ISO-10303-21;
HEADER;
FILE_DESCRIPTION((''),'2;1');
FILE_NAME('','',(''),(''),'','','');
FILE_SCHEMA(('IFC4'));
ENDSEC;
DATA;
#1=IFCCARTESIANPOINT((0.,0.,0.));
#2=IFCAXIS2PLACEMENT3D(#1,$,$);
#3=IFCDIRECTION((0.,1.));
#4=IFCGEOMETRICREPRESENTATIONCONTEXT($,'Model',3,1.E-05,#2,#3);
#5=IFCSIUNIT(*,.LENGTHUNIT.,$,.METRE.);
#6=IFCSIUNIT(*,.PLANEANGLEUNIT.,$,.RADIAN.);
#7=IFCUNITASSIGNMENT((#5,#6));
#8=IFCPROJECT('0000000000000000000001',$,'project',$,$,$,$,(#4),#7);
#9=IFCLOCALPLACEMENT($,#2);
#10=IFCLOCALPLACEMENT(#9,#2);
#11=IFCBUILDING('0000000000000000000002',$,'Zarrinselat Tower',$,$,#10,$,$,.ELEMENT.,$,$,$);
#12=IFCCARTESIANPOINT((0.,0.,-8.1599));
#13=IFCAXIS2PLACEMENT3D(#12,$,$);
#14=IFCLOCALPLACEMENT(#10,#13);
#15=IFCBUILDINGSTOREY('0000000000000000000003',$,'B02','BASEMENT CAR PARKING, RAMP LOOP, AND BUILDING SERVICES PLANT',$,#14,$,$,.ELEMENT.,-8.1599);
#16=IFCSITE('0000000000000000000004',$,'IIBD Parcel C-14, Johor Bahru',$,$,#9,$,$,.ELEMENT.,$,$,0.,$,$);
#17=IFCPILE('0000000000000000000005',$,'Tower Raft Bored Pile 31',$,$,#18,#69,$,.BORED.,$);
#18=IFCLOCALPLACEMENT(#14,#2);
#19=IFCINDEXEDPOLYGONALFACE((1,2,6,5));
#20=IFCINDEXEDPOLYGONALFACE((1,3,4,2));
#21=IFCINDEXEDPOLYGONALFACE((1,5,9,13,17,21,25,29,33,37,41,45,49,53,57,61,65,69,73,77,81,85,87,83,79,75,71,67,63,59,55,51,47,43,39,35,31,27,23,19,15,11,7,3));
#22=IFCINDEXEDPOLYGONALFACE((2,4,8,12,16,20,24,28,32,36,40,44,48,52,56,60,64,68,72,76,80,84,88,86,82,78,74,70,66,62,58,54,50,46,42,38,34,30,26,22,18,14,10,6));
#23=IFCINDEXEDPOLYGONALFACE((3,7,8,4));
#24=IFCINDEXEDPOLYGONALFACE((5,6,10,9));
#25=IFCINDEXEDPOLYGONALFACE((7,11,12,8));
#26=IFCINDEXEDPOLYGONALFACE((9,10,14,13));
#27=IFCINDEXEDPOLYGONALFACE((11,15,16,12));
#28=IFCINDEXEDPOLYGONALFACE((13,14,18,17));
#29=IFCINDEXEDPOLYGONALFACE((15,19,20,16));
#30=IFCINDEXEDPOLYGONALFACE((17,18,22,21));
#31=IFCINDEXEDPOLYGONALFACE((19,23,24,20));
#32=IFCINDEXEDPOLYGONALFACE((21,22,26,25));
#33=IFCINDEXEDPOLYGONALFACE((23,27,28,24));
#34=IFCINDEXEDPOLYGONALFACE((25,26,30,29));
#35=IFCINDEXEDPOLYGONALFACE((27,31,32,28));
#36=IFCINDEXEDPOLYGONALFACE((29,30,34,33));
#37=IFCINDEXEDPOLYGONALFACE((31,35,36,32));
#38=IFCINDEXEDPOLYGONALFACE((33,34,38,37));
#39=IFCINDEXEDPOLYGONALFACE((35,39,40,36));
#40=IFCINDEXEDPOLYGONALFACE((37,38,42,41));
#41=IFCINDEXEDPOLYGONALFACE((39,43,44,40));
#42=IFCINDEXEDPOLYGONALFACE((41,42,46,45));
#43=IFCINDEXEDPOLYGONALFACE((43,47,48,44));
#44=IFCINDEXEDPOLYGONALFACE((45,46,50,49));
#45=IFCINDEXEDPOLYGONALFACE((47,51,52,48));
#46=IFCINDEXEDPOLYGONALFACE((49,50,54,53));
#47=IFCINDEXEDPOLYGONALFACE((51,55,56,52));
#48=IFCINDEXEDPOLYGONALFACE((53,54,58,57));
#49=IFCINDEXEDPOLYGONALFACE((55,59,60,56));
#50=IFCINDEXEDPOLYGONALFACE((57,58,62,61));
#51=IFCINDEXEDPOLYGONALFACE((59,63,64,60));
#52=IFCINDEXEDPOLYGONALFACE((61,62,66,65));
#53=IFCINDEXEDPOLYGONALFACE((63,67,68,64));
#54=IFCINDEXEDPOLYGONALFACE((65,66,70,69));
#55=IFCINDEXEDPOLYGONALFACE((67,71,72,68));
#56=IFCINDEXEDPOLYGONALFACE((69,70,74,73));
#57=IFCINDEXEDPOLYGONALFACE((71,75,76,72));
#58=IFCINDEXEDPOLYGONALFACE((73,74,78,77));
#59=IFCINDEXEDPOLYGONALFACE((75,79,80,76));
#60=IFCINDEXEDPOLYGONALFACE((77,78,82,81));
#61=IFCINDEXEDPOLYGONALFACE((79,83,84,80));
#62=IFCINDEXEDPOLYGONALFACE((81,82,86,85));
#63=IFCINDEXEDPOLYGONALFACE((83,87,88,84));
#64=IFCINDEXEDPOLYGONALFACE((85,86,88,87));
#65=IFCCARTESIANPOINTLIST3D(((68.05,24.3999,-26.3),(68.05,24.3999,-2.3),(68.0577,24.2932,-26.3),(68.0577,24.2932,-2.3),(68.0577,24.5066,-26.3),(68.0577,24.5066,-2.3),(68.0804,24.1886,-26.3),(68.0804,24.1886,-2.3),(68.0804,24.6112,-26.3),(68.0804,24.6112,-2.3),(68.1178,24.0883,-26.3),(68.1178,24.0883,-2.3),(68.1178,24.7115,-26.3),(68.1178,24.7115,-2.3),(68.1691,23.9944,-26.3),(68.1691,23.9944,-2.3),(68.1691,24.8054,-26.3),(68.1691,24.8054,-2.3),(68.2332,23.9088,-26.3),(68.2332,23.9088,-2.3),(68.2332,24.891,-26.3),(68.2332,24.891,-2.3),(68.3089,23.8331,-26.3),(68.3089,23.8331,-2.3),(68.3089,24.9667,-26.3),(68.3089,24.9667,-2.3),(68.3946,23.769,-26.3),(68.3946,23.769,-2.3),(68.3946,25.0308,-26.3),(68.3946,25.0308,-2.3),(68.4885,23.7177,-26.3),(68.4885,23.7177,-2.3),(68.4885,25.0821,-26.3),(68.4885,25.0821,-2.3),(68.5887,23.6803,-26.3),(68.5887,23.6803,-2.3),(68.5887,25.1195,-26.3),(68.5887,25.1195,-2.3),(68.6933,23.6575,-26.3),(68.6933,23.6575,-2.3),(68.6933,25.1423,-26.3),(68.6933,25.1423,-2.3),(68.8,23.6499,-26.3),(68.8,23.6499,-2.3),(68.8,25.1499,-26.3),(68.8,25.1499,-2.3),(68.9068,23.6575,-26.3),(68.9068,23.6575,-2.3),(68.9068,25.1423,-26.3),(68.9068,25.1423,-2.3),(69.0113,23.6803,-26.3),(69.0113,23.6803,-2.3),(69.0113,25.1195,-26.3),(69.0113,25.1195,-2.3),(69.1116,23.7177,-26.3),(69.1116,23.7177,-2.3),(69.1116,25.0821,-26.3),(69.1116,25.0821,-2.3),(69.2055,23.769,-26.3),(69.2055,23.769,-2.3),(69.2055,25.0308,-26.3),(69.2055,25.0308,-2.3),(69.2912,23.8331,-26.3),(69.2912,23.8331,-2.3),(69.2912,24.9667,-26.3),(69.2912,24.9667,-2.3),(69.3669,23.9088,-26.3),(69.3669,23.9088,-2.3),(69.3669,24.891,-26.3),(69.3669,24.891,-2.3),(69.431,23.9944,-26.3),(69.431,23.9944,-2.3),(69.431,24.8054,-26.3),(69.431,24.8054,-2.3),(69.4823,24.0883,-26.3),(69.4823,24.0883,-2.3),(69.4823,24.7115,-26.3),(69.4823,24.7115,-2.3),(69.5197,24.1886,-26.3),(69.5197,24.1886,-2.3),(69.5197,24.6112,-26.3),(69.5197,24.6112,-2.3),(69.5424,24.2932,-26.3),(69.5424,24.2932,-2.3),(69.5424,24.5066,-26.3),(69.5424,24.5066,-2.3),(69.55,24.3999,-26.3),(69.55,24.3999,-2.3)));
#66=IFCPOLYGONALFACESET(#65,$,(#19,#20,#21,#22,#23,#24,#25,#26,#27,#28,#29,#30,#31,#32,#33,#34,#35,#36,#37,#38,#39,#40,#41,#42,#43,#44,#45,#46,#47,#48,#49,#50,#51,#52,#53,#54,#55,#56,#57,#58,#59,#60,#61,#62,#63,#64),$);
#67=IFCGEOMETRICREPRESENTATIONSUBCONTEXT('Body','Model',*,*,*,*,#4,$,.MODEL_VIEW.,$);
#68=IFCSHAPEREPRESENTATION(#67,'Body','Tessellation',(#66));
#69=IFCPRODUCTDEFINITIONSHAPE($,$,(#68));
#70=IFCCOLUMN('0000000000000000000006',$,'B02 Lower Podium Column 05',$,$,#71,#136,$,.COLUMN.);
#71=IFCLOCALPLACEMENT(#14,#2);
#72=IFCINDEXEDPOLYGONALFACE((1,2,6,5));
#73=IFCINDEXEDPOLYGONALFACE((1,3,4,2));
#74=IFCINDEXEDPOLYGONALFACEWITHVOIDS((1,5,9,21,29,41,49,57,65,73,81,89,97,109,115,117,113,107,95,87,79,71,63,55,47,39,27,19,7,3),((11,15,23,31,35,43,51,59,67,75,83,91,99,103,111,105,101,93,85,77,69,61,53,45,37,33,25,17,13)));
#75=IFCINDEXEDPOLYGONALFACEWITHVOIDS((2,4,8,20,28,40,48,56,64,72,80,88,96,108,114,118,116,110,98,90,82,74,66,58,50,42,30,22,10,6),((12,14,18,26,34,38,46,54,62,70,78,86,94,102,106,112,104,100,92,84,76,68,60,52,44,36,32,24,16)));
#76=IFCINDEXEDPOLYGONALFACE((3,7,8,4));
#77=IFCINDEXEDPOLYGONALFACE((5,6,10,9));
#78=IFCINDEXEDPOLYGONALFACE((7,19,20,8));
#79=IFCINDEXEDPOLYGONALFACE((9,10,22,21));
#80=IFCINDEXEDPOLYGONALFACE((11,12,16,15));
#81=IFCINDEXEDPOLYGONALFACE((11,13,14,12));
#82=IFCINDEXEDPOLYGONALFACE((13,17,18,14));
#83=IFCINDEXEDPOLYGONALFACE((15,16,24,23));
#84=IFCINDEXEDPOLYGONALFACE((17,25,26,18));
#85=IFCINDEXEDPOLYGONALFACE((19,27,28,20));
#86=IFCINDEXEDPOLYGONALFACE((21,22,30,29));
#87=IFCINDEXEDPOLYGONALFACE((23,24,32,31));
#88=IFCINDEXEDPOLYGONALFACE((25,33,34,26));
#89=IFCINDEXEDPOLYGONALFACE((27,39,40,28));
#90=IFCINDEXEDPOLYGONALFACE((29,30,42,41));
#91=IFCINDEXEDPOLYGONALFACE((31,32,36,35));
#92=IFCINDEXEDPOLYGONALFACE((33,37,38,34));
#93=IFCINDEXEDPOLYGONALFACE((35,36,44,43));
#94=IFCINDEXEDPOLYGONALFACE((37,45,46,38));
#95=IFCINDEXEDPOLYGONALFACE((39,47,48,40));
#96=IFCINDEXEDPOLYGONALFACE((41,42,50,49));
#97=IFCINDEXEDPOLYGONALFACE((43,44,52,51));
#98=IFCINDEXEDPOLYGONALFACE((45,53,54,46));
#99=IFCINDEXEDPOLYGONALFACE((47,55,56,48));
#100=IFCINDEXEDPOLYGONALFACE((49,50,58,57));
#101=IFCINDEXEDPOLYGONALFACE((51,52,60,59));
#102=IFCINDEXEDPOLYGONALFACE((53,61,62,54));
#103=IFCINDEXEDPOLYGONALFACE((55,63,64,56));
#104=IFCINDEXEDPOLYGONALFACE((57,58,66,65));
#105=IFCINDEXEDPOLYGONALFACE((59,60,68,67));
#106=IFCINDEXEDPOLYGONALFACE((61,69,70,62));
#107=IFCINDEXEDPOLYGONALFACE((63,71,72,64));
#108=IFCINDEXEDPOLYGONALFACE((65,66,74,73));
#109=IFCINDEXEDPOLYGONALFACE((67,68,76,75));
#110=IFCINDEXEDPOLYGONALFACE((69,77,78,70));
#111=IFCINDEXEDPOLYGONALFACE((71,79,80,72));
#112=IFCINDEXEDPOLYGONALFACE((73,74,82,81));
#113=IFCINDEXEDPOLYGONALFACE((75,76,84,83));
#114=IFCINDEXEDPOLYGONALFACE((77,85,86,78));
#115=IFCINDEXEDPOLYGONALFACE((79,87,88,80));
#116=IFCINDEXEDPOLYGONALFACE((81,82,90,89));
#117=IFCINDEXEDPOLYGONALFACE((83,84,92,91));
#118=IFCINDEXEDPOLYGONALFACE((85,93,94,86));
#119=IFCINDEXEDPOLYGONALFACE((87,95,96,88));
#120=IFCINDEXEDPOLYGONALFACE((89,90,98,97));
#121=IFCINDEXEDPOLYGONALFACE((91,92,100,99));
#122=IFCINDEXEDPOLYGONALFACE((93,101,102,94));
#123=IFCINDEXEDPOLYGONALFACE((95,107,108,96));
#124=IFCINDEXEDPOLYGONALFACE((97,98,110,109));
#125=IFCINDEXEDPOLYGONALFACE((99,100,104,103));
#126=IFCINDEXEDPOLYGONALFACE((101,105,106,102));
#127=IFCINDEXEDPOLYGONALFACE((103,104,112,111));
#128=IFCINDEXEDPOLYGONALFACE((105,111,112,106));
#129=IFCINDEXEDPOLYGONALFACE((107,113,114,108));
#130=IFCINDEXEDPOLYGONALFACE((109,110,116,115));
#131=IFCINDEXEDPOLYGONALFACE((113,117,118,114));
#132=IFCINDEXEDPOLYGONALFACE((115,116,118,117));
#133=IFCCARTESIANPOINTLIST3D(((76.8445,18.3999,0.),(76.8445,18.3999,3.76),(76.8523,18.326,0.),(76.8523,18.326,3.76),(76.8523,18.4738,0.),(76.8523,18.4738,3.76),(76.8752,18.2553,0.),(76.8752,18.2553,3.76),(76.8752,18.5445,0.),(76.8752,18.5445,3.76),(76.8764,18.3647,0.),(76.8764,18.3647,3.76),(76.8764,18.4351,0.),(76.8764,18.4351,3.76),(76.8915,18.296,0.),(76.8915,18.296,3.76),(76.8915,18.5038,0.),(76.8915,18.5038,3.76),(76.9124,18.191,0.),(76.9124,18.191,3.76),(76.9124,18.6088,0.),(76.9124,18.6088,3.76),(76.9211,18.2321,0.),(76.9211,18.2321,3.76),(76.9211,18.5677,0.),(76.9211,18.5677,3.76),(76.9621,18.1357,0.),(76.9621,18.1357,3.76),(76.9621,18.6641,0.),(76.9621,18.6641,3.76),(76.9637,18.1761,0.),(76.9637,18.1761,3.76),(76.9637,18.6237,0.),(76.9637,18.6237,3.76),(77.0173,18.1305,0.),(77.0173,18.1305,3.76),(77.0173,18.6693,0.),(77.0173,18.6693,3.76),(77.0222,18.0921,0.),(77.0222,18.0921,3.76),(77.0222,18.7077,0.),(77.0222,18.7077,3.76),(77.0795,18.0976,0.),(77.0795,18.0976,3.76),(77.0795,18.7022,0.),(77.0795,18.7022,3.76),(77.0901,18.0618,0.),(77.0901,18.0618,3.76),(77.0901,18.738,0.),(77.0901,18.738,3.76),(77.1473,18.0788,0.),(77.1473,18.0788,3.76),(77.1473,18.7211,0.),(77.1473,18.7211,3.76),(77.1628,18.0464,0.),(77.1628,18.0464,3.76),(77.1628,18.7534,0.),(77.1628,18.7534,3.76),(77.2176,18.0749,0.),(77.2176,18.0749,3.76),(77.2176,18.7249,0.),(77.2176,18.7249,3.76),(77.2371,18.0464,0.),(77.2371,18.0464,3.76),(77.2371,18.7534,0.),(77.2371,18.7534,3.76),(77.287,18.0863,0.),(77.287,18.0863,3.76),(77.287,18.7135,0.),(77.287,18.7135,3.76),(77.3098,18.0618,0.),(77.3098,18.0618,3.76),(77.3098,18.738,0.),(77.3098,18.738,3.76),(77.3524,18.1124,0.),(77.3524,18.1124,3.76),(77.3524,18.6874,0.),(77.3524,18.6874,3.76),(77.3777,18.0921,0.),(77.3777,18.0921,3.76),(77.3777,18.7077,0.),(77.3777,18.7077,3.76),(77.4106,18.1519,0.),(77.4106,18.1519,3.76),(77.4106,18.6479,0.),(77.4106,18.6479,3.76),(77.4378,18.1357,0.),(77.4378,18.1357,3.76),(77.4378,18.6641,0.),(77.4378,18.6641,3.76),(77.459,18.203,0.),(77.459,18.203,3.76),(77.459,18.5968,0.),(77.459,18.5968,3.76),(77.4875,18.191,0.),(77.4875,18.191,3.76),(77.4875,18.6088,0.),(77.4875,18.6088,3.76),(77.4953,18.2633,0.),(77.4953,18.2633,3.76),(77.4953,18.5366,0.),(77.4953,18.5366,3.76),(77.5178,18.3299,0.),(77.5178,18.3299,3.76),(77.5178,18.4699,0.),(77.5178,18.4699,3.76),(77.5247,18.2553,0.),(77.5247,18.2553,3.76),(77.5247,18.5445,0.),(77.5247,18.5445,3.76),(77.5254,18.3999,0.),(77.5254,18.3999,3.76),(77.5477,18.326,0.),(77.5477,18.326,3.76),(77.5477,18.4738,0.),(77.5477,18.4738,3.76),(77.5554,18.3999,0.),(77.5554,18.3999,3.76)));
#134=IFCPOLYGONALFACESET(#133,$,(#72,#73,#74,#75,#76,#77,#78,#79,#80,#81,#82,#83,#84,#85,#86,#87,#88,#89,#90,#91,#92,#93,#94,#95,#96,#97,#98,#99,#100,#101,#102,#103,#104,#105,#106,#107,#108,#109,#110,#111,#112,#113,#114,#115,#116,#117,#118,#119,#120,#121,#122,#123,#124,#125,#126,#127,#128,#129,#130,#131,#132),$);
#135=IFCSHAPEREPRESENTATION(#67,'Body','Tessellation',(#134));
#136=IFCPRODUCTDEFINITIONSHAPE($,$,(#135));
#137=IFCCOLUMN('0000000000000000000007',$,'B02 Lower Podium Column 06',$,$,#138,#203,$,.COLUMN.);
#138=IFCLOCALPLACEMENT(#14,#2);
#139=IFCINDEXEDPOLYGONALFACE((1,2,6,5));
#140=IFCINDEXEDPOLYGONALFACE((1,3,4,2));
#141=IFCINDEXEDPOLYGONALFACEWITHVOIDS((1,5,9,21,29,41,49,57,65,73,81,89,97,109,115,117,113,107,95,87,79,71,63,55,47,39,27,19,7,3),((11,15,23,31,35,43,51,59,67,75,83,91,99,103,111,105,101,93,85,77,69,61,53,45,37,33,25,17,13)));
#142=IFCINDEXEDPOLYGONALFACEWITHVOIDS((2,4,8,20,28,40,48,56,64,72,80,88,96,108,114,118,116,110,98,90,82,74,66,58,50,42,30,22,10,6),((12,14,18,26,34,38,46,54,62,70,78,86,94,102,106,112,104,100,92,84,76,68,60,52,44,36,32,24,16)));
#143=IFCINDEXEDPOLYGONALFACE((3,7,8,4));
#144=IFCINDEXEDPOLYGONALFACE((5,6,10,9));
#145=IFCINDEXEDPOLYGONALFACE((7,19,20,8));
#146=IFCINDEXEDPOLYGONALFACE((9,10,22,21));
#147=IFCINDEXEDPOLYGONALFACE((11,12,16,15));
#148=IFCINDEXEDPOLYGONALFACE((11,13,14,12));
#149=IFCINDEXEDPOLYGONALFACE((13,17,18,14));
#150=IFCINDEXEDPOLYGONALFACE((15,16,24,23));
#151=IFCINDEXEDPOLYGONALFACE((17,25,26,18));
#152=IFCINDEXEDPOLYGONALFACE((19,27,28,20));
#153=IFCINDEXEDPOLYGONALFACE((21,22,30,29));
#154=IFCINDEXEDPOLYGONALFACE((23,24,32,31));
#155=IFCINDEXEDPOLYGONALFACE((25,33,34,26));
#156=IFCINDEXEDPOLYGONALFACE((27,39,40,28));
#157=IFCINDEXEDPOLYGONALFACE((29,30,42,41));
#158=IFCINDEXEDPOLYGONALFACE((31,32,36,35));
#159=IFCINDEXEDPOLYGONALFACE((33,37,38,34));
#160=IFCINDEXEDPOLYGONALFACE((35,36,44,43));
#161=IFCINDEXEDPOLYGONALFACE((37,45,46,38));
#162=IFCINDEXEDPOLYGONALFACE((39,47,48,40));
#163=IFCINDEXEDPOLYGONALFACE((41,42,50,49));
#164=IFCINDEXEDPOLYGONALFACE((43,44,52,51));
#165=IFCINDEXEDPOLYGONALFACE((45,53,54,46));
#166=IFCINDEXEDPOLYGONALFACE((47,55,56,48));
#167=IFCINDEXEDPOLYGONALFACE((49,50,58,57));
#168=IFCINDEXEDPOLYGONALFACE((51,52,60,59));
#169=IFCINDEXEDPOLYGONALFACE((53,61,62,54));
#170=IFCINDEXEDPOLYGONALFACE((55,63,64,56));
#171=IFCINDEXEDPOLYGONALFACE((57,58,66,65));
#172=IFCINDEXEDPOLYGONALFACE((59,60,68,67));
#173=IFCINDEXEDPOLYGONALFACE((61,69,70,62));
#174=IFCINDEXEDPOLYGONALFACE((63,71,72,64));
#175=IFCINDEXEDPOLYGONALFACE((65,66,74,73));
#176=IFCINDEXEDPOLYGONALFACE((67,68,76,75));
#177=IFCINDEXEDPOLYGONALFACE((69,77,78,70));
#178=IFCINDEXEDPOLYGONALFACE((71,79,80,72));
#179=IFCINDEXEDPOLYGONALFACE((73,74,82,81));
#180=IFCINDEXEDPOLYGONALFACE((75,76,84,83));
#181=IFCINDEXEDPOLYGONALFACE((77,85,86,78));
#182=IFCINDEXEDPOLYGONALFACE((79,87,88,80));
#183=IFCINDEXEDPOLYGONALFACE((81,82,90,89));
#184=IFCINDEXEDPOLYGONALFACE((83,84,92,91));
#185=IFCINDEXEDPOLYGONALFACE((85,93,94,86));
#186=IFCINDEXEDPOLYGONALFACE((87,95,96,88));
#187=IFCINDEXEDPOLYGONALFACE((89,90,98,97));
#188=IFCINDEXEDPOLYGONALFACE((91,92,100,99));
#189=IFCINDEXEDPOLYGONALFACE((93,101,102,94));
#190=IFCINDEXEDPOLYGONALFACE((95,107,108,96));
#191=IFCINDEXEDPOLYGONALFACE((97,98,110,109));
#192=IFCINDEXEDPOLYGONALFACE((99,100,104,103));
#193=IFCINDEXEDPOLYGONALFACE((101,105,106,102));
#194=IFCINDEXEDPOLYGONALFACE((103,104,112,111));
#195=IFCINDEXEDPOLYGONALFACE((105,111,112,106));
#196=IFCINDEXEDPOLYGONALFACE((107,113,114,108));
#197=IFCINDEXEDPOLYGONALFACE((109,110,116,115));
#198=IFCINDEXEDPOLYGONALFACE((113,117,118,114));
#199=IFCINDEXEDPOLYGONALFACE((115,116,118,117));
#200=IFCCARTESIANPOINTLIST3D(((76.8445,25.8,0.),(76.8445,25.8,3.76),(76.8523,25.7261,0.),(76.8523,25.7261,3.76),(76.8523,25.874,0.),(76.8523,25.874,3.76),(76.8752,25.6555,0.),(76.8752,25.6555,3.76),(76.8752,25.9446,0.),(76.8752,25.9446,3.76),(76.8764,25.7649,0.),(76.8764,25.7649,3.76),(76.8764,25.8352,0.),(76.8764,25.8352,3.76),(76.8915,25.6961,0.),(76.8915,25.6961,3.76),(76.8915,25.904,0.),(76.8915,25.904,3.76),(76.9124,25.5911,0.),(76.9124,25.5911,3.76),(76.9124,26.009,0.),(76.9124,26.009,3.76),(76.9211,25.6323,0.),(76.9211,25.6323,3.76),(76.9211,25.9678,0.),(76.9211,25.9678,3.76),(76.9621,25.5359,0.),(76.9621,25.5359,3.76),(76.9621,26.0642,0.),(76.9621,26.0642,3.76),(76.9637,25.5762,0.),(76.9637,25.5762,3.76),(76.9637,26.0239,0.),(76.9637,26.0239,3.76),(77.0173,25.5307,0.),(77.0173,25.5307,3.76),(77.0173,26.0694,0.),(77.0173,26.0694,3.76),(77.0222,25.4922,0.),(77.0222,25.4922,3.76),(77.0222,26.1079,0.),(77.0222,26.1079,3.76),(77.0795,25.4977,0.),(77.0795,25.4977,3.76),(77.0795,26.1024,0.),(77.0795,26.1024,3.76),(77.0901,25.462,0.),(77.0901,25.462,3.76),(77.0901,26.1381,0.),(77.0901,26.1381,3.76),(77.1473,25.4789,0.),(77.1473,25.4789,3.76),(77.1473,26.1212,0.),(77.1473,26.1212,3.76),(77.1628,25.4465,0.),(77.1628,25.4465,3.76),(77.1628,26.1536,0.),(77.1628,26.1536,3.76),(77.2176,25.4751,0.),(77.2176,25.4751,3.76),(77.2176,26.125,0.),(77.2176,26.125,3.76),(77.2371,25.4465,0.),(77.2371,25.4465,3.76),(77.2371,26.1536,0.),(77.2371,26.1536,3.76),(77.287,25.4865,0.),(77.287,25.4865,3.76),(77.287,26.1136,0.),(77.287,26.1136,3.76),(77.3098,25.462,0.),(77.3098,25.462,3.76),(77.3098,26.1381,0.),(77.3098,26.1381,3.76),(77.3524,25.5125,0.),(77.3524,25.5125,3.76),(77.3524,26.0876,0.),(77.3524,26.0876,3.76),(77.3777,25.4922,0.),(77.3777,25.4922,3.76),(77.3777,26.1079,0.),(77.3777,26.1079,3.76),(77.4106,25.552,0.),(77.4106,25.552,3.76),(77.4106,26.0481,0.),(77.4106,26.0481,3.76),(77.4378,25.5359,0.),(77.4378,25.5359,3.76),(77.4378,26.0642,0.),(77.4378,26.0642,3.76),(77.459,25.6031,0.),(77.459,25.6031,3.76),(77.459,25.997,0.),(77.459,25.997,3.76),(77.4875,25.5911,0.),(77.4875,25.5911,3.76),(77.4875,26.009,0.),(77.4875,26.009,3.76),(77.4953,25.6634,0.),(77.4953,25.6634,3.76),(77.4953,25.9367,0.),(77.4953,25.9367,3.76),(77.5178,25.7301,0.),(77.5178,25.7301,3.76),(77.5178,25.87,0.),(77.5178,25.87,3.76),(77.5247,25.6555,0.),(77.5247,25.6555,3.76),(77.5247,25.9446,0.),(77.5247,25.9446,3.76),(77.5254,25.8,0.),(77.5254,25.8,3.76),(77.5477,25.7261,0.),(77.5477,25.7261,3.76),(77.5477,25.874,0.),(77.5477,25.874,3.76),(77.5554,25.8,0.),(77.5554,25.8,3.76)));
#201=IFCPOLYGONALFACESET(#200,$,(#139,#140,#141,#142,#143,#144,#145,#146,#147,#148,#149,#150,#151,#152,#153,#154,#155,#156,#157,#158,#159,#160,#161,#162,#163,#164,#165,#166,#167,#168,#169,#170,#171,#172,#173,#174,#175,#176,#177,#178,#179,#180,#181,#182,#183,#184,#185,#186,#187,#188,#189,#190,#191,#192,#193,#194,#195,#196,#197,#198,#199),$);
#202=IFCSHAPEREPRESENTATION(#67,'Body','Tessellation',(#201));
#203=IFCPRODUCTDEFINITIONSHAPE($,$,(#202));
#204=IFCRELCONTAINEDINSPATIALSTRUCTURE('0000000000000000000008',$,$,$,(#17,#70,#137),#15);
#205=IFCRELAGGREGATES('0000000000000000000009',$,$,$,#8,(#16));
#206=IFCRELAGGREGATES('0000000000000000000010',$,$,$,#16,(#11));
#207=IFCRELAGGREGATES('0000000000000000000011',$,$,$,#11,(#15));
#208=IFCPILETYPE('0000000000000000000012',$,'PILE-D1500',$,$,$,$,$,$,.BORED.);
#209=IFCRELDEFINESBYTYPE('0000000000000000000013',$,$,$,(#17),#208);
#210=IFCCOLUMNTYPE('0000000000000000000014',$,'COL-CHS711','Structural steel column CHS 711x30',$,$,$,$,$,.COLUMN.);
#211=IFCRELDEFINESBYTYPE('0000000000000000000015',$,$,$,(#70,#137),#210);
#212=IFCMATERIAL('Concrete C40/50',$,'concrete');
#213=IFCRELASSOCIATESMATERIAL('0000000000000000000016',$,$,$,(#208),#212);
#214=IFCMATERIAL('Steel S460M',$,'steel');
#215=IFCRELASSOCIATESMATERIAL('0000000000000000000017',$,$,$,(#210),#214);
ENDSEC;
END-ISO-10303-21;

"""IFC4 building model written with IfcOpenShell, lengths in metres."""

from ifc_helpers import new_model, si_unit, direction, frame, origin, origin_2d, place, context, subcontext, project, spatial, circle, hollow_circle, extrude, material, material_profile, profile_set, type_object, element, save


model = new_model("IFC4")

# Units and contexts
model_context = context("Model", 3, precision=1e-05, world=origin(), true_north=direction((0.0, 1.0)))
body_context = subcontext(model_context, "Body", "Model", "MODEL_VIEW")
ifc_project = project(units=[si_unit("LENGTHUNIT", "METRE"), si_unit("PLANEANGLEUNIT", "RADIAN")], contexts=[model_context])

# Site, building, storey
site_placement = place(None, origin())
site = spatial("IfcSite", under=ifc_project, at=site_placement, Name="IIBD Parcel C-14, Johor Bahru", CompositionType="ELEMENT", RefElevation=0.0)
building_placement = place(site_placement, origin())
building = spatial("IfcBuilding", under=site, at=building_placement, Name="Zarrinselat Tower", CompositionType="ELEMENT")
storey_placement = place(building_placement, frame((0.0, 0.0, -8.1599)))
storey = spatial("IfcBuildingStorey", under=building, at=storey_placement, Name="B02", Description="BASEMENT CAR PARKING, RAMP LOOP, AND BUILDING SERVICES PLANT", CompositionType="ELEMENT", Elevation=-8.1599)

# Pile
ifc_material_1 = material(Name="Concrete C40/50", Category="concrete")
ifc_material_profile_1 = material_profile(ifc_material_1, circle(Radius=0.75, at=origin_2d()), Name="BORED PILE D1500")
ifc_profile_set_1 = profile_set([ifc_material_profile_1], Name="Concrete C40/50")
pile_type_1 = type_object("IfcPileType", Name="PILE-D1500", PredefinedType="BORED", material=ifc_profile_set_1)
for number, where, z_axis, x_axis, name in (
    (1, (68.8, 24.3999, -2.3), (0.0, 0.0, -1.0), (1.0, 0.0, 0.0), "Tower Raft Bored Pile 31"),
):
    element("IfcPile", number, at=place(storey_placement, frame(where, z_axis=z_axis, x_axis=x_axis)), inside=storey, type_object=pile_type_1, Name=name, PredefinedType="BORED", context=body_context, shape_type="SweptSolid", body=[
        extrude(circle(Radius=0.75, at=origin_2d()), origin(), (0.0, 0.0, 1.0), 24.0),
    ])

# Columns
ifc_material_2 = material(Name="Steel S460M", Category="steel")
ifc_material_profile_2 = material_profile(ifc_material_2, hollow_circle(Radius=0.3555, WallThickness=0.03, at=origin_2d()), Name="CHS 711x30")
ifc_profile_set_2 = profile_set([ifc_material_profile_2], Name="Steel S460M")
column_type_1 = type_object("IfcColumnType", Name="COL-CHS711", Description="Structural steel column CHS 711x30", PredefinedType="COLUMN", material=ifc_profile_set_2)
for number, where, z_axis, x_axis, name in (
    (2, (77.2, 18.3999, 0.0), (0.0, 0.0, 1.0), (1.0, 0.0, 0.0), "B02 Lower Podium Column 05"),
    (3, (77.2, 25.8, 0.0), (0.0, 0.0, 1.0), (1.0, 0.0, 0.0), "B02 Lower Podium Column 06"),
):
    element("IfcColumn", number, at=place(storey_placement, frame(where, z_axis=z_axis, x_axis=x_axis)), inside=storey, type_object=column_type_1, Name=name, PredefinedType="COLUMN", context=body_context, shape_type="SweptSolid", body=[
        extrude(hollow_circle(Radius=0.3555, WallThickness=0.03, at=origin_2d()), origin(), (0.0, 0.0, 1.0), 3.76),
    ])

save(model, "model.ifc")
